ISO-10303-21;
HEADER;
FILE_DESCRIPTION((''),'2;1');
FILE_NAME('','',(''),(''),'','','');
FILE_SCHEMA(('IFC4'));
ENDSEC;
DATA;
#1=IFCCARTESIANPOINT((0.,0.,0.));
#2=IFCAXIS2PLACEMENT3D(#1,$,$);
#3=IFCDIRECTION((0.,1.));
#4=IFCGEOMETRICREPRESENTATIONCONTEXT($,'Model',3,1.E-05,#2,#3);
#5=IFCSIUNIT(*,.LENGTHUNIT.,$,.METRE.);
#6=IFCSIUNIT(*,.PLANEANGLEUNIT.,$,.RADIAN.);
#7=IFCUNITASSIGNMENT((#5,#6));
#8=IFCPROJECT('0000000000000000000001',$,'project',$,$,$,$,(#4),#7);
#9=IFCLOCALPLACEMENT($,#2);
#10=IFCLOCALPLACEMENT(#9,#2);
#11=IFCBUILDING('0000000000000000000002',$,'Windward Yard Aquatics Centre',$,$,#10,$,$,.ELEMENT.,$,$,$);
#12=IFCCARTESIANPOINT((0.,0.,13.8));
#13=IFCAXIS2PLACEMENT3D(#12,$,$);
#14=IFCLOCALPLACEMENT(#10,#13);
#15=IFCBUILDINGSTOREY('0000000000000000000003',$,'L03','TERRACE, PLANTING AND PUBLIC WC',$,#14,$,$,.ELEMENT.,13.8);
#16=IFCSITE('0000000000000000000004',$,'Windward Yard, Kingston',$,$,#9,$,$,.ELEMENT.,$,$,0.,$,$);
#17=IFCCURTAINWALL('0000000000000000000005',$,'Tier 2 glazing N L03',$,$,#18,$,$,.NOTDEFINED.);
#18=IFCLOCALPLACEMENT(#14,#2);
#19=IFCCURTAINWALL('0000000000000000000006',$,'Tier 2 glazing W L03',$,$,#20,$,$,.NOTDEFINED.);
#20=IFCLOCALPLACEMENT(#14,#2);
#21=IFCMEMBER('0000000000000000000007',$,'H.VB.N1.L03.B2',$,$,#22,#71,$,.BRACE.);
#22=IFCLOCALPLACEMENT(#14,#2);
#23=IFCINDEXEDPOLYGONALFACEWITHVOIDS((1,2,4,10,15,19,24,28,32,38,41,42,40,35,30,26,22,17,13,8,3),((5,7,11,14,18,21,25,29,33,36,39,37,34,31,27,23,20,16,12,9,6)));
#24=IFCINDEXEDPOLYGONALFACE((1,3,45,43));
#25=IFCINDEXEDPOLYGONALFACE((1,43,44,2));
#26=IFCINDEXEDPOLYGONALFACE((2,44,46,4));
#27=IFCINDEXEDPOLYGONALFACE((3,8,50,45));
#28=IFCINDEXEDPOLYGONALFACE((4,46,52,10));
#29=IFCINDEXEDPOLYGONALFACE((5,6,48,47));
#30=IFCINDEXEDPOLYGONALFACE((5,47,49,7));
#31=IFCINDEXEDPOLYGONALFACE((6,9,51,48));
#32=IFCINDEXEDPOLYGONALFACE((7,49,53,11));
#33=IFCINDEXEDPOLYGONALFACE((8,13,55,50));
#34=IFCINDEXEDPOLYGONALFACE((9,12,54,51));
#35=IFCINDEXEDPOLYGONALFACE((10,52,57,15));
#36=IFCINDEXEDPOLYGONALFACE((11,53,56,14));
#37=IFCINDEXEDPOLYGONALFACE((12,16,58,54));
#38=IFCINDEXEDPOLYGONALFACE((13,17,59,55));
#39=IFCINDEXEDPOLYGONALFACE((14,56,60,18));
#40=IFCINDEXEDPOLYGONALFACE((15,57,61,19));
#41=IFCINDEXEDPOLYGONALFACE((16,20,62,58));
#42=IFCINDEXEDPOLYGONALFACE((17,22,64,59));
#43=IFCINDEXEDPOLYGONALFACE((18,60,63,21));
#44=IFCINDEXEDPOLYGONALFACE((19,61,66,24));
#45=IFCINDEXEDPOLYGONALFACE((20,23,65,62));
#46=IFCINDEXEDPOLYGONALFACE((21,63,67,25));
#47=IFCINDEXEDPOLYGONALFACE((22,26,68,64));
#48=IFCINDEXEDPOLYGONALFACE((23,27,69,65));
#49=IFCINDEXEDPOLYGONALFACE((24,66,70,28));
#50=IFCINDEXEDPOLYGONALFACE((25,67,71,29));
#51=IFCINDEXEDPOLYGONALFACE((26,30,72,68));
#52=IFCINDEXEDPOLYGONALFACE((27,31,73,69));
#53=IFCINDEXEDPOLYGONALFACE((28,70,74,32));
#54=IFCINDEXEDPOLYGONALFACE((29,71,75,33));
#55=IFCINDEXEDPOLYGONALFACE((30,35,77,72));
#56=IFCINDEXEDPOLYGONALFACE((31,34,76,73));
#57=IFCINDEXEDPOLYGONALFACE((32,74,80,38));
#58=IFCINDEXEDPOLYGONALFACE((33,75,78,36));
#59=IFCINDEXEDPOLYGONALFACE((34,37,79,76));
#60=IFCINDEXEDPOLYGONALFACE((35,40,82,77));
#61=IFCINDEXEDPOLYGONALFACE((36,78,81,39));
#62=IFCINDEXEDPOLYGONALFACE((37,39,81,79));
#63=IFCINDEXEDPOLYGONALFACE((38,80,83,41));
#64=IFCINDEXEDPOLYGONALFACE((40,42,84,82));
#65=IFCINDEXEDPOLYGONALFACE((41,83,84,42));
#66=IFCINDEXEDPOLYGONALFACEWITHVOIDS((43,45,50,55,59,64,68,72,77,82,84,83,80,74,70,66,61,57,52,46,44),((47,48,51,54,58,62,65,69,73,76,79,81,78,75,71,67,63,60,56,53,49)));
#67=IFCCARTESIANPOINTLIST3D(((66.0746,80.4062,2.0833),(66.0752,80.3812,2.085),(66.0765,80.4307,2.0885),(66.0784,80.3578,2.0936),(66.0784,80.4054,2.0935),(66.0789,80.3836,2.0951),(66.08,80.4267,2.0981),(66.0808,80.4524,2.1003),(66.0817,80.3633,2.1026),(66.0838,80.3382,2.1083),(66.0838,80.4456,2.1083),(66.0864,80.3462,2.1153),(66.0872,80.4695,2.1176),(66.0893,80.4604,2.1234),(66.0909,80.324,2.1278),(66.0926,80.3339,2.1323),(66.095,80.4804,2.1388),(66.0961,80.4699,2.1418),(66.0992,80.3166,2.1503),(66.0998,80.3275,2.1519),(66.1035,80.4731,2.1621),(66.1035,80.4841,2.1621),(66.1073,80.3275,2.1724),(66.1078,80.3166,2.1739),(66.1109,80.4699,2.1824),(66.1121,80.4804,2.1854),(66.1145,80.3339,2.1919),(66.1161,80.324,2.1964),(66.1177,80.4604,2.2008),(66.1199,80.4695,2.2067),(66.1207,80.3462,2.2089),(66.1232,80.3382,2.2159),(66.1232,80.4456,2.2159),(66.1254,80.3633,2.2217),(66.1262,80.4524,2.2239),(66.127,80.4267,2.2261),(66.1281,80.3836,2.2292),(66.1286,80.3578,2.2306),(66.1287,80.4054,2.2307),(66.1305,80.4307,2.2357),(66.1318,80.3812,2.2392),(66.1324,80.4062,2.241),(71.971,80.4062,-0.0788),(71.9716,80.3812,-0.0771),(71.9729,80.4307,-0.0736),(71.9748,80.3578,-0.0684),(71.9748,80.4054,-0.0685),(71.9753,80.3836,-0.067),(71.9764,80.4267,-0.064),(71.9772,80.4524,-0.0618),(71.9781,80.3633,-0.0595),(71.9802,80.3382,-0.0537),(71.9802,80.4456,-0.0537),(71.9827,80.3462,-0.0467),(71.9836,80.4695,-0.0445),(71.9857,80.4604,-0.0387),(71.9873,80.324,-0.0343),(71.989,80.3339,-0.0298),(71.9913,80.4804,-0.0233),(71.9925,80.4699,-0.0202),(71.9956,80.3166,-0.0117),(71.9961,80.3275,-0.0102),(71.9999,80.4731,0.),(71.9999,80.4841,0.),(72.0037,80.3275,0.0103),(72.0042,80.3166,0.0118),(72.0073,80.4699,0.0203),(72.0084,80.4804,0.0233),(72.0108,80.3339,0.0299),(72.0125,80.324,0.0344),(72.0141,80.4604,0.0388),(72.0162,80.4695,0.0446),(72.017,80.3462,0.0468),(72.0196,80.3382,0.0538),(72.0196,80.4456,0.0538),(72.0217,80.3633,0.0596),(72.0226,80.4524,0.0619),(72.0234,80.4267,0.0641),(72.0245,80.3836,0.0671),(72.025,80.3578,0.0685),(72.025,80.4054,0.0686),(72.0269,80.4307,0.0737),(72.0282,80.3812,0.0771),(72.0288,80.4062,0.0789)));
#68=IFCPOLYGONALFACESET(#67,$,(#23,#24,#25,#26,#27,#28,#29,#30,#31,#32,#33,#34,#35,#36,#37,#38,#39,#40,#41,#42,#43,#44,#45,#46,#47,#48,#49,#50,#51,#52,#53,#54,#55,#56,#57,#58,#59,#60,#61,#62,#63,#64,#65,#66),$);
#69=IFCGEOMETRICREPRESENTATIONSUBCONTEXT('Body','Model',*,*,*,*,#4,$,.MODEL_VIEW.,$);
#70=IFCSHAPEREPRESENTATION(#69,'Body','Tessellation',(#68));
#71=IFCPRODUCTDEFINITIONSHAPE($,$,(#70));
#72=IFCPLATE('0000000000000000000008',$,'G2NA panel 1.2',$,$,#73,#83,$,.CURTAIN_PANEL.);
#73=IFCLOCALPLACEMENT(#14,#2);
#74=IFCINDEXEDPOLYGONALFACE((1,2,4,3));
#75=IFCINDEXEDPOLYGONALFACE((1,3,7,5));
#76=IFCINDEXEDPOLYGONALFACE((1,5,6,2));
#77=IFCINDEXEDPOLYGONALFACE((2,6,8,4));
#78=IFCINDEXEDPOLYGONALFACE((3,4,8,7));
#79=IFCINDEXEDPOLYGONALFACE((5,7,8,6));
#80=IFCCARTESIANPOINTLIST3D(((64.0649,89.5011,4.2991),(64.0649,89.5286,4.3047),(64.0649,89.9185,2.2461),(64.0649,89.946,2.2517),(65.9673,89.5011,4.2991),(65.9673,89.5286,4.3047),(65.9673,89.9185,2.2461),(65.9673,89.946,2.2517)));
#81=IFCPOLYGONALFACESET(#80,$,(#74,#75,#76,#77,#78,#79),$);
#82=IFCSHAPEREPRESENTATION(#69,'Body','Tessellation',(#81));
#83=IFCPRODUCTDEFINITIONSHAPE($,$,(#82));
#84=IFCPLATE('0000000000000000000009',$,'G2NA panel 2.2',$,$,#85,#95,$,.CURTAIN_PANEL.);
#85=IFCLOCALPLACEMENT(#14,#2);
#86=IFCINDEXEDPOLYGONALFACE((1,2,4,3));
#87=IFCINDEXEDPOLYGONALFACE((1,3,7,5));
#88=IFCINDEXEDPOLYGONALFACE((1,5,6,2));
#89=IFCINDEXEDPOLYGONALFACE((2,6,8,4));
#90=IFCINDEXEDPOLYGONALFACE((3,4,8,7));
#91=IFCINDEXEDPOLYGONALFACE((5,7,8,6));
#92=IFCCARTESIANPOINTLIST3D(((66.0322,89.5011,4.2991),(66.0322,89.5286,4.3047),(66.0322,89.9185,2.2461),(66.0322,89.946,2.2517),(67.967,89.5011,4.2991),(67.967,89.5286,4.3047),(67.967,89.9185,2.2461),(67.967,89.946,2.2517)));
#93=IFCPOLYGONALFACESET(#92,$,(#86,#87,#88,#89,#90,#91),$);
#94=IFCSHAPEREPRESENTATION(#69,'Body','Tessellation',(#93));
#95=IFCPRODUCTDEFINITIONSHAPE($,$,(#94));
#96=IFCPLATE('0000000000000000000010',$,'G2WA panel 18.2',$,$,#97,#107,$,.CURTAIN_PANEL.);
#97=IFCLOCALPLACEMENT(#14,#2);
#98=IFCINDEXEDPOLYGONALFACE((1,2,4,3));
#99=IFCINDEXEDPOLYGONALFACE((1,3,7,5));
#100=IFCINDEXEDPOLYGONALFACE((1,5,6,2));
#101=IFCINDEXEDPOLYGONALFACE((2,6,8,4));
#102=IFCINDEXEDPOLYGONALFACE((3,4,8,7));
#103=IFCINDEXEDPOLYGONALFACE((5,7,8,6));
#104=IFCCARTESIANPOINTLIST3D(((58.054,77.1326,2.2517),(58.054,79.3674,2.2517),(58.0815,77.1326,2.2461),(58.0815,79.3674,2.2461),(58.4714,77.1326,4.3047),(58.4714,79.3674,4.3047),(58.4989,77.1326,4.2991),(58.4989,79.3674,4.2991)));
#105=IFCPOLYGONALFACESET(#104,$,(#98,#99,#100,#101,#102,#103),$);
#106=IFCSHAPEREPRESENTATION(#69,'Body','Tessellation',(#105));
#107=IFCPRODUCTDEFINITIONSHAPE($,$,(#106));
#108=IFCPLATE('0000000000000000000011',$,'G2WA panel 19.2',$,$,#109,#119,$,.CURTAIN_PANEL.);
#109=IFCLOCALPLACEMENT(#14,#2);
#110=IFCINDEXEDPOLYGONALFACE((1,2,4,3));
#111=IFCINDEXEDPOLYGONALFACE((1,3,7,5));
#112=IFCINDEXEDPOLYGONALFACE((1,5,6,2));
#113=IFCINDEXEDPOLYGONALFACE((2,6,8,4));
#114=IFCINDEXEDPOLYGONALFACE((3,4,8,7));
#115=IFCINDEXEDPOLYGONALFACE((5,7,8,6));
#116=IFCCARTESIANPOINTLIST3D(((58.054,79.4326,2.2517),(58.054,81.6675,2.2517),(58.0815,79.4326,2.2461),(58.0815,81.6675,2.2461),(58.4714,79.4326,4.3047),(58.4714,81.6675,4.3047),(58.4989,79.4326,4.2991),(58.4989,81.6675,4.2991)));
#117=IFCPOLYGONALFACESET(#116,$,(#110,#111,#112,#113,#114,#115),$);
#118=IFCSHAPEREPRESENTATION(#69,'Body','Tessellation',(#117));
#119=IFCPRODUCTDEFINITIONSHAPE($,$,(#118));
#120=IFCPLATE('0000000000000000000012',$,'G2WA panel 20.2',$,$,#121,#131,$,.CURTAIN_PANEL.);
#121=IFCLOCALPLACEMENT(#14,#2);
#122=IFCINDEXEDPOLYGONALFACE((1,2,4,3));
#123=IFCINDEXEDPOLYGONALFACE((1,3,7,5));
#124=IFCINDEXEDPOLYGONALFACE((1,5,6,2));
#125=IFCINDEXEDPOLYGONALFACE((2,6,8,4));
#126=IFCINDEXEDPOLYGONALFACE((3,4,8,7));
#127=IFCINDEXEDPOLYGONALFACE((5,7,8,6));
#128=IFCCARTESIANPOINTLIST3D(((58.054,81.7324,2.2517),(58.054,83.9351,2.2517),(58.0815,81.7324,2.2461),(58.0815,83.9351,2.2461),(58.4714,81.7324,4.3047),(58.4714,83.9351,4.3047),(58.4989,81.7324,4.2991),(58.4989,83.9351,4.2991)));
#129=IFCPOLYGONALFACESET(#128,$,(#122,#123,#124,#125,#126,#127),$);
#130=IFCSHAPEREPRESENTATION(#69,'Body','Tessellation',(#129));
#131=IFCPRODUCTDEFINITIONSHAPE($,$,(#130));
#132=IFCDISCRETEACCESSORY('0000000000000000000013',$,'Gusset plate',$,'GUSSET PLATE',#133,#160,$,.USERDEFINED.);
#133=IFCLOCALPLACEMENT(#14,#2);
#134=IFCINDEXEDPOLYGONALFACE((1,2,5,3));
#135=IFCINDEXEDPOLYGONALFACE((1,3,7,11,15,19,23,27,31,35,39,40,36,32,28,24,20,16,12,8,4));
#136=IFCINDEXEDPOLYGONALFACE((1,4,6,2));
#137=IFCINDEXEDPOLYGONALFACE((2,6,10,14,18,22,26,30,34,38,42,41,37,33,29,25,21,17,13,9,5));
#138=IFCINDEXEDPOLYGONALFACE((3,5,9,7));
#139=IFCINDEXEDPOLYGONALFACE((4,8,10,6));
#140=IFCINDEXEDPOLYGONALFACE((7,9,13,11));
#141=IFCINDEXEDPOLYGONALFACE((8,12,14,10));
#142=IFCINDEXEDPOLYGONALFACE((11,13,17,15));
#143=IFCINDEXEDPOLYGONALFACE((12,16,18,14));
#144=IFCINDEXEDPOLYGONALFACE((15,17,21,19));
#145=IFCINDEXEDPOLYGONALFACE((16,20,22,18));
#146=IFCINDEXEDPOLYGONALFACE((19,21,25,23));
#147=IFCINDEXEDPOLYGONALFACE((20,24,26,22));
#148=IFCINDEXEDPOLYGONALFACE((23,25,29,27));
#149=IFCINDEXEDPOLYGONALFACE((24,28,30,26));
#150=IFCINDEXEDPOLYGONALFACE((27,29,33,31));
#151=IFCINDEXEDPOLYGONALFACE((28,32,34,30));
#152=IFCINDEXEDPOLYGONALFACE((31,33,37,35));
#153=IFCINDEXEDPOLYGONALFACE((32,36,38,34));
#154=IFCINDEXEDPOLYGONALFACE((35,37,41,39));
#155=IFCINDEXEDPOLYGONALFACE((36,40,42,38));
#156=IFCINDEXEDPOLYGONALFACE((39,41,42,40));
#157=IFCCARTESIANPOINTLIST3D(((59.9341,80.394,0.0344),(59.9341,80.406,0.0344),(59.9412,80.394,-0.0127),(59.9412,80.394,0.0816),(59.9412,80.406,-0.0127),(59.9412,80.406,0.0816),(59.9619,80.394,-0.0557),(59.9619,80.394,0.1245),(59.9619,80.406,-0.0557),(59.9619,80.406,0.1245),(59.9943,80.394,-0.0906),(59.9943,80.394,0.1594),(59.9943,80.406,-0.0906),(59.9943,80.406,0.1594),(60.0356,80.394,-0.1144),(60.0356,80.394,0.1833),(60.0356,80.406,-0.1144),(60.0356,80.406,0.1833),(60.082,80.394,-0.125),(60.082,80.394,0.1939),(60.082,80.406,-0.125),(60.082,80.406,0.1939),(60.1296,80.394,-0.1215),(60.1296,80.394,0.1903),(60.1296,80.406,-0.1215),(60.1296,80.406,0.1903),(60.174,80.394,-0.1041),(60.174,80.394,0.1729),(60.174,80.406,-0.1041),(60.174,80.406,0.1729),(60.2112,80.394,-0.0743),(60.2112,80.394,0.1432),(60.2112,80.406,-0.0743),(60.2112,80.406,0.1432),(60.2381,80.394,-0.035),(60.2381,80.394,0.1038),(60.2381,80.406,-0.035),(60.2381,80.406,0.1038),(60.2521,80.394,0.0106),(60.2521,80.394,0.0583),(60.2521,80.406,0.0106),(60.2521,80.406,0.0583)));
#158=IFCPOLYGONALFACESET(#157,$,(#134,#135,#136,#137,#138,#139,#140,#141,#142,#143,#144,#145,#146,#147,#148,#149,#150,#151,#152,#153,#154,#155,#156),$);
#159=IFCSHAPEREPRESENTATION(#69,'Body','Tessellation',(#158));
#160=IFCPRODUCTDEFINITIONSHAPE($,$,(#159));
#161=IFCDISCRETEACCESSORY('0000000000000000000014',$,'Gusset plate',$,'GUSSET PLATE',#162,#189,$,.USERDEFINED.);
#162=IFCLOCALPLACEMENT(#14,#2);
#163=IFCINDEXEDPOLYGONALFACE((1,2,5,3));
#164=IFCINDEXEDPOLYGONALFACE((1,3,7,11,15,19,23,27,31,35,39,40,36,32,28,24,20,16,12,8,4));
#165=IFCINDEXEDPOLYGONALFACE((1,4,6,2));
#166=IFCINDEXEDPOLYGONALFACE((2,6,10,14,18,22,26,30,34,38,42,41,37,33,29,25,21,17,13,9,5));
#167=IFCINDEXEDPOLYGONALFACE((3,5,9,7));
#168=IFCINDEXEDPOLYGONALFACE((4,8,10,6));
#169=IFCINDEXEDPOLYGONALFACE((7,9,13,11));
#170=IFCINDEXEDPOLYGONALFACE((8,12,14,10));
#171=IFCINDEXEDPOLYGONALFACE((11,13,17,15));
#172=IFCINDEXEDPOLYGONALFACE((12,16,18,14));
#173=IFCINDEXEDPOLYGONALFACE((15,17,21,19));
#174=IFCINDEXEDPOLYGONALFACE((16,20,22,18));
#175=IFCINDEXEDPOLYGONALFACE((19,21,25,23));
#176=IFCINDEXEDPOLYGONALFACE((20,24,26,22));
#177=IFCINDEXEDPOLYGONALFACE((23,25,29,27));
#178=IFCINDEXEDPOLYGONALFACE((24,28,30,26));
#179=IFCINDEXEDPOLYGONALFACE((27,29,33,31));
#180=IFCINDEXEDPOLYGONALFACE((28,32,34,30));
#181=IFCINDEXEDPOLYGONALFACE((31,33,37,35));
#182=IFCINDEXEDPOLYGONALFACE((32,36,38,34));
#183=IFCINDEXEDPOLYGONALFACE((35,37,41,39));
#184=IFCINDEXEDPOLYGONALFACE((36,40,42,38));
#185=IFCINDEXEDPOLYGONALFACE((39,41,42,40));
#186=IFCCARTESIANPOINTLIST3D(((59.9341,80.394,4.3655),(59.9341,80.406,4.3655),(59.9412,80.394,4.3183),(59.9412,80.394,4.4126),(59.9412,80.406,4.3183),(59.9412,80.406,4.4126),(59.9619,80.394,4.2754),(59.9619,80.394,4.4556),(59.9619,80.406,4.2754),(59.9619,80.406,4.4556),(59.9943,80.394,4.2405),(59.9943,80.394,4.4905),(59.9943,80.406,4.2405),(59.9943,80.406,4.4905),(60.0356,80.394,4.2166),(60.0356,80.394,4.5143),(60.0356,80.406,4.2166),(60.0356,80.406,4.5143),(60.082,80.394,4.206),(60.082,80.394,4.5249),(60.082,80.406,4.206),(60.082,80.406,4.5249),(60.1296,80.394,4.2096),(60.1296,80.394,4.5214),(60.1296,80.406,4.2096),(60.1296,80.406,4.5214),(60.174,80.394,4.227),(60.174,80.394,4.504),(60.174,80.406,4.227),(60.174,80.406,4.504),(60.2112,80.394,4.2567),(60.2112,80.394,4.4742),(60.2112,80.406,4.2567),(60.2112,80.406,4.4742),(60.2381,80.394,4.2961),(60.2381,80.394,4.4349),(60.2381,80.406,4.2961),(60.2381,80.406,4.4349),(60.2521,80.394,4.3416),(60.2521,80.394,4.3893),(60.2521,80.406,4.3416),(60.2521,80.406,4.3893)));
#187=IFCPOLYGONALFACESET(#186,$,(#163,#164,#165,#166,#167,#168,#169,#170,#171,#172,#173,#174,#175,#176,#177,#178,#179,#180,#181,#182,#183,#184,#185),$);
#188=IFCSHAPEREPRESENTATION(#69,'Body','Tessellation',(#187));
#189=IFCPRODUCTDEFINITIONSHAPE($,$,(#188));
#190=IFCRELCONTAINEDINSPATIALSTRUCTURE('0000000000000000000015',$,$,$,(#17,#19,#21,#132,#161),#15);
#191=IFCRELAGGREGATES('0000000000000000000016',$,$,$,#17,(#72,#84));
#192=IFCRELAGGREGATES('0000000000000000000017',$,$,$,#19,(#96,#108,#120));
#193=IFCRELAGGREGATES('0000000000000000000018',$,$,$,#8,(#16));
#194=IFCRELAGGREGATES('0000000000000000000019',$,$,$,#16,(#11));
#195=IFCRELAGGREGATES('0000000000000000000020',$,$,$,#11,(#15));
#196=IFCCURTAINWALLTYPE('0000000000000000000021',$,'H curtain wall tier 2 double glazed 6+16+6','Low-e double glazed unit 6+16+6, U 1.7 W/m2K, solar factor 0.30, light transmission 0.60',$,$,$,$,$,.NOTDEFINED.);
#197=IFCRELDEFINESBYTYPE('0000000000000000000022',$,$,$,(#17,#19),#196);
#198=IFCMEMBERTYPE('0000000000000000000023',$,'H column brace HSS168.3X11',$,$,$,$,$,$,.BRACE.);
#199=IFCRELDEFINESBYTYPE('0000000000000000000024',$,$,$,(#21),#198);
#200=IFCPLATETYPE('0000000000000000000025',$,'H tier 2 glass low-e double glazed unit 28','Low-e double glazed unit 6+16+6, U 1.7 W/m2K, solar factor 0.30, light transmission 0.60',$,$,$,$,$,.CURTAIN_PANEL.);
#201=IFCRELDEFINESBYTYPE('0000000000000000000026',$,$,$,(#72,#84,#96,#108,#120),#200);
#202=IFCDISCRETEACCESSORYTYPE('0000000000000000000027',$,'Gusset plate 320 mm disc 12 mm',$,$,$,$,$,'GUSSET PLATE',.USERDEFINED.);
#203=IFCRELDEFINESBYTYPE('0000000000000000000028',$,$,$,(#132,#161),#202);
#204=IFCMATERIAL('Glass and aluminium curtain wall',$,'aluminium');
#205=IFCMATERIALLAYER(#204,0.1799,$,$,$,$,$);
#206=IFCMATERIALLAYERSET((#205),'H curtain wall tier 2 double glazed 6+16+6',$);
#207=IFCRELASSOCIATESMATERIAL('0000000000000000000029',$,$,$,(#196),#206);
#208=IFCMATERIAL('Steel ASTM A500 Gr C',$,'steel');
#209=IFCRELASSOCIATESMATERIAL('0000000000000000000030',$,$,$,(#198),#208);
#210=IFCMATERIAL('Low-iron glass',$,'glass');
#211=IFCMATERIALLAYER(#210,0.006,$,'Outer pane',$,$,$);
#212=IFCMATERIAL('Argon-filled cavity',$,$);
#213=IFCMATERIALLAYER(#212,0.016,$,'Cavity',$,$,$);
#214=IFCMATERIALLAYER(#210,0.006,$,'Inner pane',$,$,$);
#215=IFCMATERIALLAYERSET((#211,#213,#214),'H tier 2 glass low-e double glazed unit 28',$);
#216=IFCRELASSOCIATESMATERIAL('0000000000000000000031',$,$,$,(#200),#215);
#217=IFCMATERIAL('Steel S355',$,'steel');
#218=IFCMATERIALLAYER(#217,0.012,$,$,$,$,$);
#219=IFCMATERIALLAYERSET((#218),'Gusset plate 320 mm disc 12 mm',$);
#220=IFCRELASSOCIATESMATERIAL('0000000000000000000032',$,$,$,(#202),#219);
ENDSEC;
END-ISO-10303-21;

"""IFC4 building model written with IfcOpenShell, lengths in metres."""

from ifc_helpers import new_model, si_unit, direction, frame, origin, origin_2d, place, context, subcontext, project, spatial, polyline, circle, hollow_circle, outline, extrude, material, layer, layer_set, material_profile, profile_set, type_object, element, aggregate, save


model = new_model("IFC4")

# Units and contexts
model_context = context("Model", 3, precision=1e-05, world=origin(), true_north=direction((0.0, 1.0)))
body_context = subcontext(model_context, "Body", "Model", "MODEL_VIEW")
ifc_project = project(units=[si_unit("LENGTHUNIT", "METRE"), si_unit("PLANEANGLEUNIT", "RADIAN")], contexts=[model_context])

# Site, building, storey
site_placement = place(None, origin())
site = spatial("IfcSite", under=ifc_project, at=site_placement, Name="Windward Yard, Kingston", CompositionType="ELEMENT", RefElevation=0.0)
building_placement = place(site_placement, origin())
building = spatial("IfcBuilding", under=site, at=building_placement, Name="Windward Yard Aquatics Centre", CompositionType="ELEMENT")
storey_placement = place(building_placement, frame((0.0, 0.0, 13.8)))
storey = spatial("IfcBuildingStorey", under=building, at=storey_placement, Name="L03", Description="TERRACE, PLANTING AND PUBLIC WC", CompositionType="ELEMENT", Elevation=13.8)

# Shared definitions
ifc_material_1 = material(Name="Steel ASTM A500 Gr C", Category="steel")

# Curtain walls
ifc_material_2 = material(Name="Glass and aluminium curtain wall", Category="aluminium")
ifc_layer_1 = layer(ifc_material_2, 0.1799)
ifc_layer_set_1 = layer_set([ifc_layer_1], Name="H curtain wall tier 2 double glazed 6+16+6")
curtain_wall_type = type_object("IfcCurtainWallType", Name="H curtain wall tier 2 double glazed 6+16+6", Description="Low-e double glazed unit 6+16+6, U 1.7 W/m2K, solar factor 0.30, light transmission 0.60", PredefinedType="NOTDEFINED", material=ifc_layer_set_1)
curtain_wall_1_placement = place(storey_placement, origin())
curtain_wall_1 = element("IfcCurtainWall", 1, at=curtain_wall_1_placement, inside=storey, type_object=curtain_wall_type, Name="Tier 2 glazing N L03", PredefinedType="NOTDEFINED")
curtain_wall_2_placement = place(storey_placement, origin())
curtain_wall_2 = element("IfcCurtainWall", 2, at=curtain_wall_2_placement, inside=storey, type_object=curtain_wall_type, Name="Tier 2 glazing W L03", PredefinedType="NOTDEFINED")

# Member
ifc_material_profile_1 = material_profile(ifc_material_1, hollow_circle(Radius=0.0842, WallThickness=0.011, at=origin_2d()), Name="HSS168.3X11")
ifc_profile_set_1 = profile_set([ifc_material_profile_1], Name="Steel ASTM A500 Gr C")
member_type_1 = type_object("IfcMemberType", Name="H column brace HSS168.3X11", PredefinedType="BRACE", material=ifc_profile_set_1)
for number, where, z_axis, x_axis, name in (
    (3, (66.1035, 80.3999, 2.1621), (0.938873, 0.0, -0.344264), (0.0, 1.0, 0.0), "H.VB.N1.L03.B2"),
):
    element("IfcMember", number, at=place(storey_placement, frame(where, z_axis=z_axis, x_axis=x_axis)), inside=storey, type_object=member_type_1, Name=name, PredefinedType="BRACE", context=body_context, shape_type="SweptSolid", body=[
        extrude(hollow_circle(Radius=0.0842, WallThickness=0.011, at=origin_2d()), origin(), (0.0, 0.0, 1.0), 6.2803),
    ])

# Plates
ifc_material_3 = material(Name="Low-iron glass", Category="glass")
ifc_layer_2 = layer(ifc_material_3, 0.006, Name="Outer pane")
ifc_material_4 = material(Name="Argon-filled cavity")
ifc_layer_3 = layer(ifc_material_4, 0.016, Name="Cavity")
ifc_layer_4 = layer(ifc_material_3, 0.006, Name="Inner pane")
ifc_layer_set_2 = layer_set([ifc_layer_2, ifc_layer_3, ifc_layer_4], Name="H tier 2 glass low-e double glazed unit 28")
plate_type = type_object("IfcPlateType", Name="H tier 2 glass low-e double glazed unit 28", Description="Low-e double glazed unit 6+16+6, U 1.7 W/m2K, solar factor 0.30, light transmission 0.60", PredefinedType="CURTAIN_PANEL", material=ifc_layer_set_2)
plate_1_placement = place(storey_placement, frame((64.0649, 89.5286, 4.3047), z_axis=(0.0, 0.979944, 0.199275), x_axis=(0.0, 0.199275, -0.979944)))
plate_1 = element("IfcPlate", 4, at=plate_1_placement, type_object=plate_type, Name="G2NA panel 1.2", PredefinedType="CURTAIN_PANEL", context=body_context, shape_type="SweptSolid", body=[
    extrude(outline(polyline([(0.0, 0.0), (2.095, 0.0), (2.095, -1.9023), (0.0, -1.9023), (0.0, 0.0)])), origin(), (0.0, 0.0, -1.0), 0.0281),
])
plate_2_placement = place(storey_placement, frame((66.0322, 89.5286, 4.3047), z_axis=(0.0, 0.979944, 0.199275), x_axis=(0.0, 0.199275, -0.979944)))
plate_2 = element("IfcPlate", 5, at=plate_2_placement, type_object=plate_type, Name="G2NA panel 2.2", PredefinedType="CURTAIN_PANEL", context=body_context, shape_type="SweptSolid", body=[
    extrude(outline(polyline([(0.0, 0.0), (2.095, 0.0), (2.095, -1.9348), (0.0, -1.9348), (0.0, 0.0)])), origin(), (0.0, 0.0, -1.0), 0.0281),
])
aggregate(curtain_wall_1, [plate_1, plate_2])
plate_3_placement = place(storey_placement, frame((58.054, 77.1326, 2.2517), z_axis=(-0.979944, 0.0, 0.199275), x_axis=(0.0, 1.0, 0.0)))
plate_3 = element("IfcPlate", 6, at=plate_3_placement, type_object=plate_type, Name="G2WA panel 18.2", PredefinedType="CURTAIN_PANEL", context=body_context, shape_type="SweptSolid", body=[
    extrude(outline(polyline([(0.0, 0.0), (2.2349, 0.0), (2.2349, -2.095), (0.0, -2.095), (0.0, 0.0)])), origin(), (0.0, 0.0, -1.0), 0.0281),
])
plate_4_placement = place(storey_placement, frame((58.054, 79.4326, 2.2517), z_axis=(-0.979944, 0.0, 0.199275), x_axis=(0.0, 1.0, 0.0)))
plate_4 = element("IfcPlate", 7, at=plate_4_placement, type_object=plate_type, Name="G2WA panel 19.2", PredefinedType="CURTAIN_PANEL", context=body_context, shape_type="SweptSolid", body=[
    extrude(outline(polyline([(0.0, 0.0), (2.2349, 0.0), (2.2349, -2.095), (0.0, -2.095), (0.0, 0.0)])), origin(), (0.0, 0.0, -1.0), 0.0281),
])
plate_5_placement = place(storey_placement, frame((58.054, 81.7324, 2.2517), z_axis=(-0.979944, 0.0, 0.199275), x_axis=(0.0, 1.0, 0.0)))
plate_5 = element("IfcPlate", 8, at=plate_5_placement, type_object=plate_type, Name="G2WA panel 20.2", PredefinedType="CURTAIN_PANEL", context=body_context, shape_type="SweptSolid", body=[
    extrude(outline(polyline([(0.0, 0.0), (2.2026, 0.0), (2.2026, -2.095), (0.0, -2.095), (0.0, 0.0)])), origin(), (0.0, 0.0, -1.0), 0.0281),
])
aggregate(curtain_wall_2, [plate_3, plate_4, plate_5])

# Discrete accessories
ifc_material_5 = material(Name="Steel S355", Category="steel")
ifc_layer_5 = layer(ifc_material_5, 0.012)
ifc_layer_set_3 = layer_set([ifc_layer_5], Name="Gusset plate 320 mm disc 12 mm")
discrete_accessory_type = type_object("IfcDiscreteAccessoryType", Name="Gusset plate 320 mm disc 12 mm", ElementType="GUSSET PLATE", PredefinedType="USERDEFINED", material=ifc_layer_set_3)
for number, where, z_axis, x_axis, name in (
    (9, (60.094, 80.394, 0.0344), (0.0, 1.0, 0.0), (-1.0, 0.0, 0.0), "Gusset plate"),
    (10, (60.094, 80.394, 4.3655), (0.0, 1.0, 0.0), (-1.0, 0.0, 0.0), "Gusset plate"),
):
    element("IfcDiscreteAccessory", number, at=place(storey_placement, frame(where, z_axis=z_axis, x_axis=x_axis)), inside=storey, type_object=discrete_accessory_type, Name=name, ObjectType="GUSSET PLATE", PredefinedType="USERDEFINED", context=body_context, shape_type="SweptSolid", body=[
        extrude(circle(Radius=0.1599, at=origin_2d()), origin(), (0.0, 0.0, 1.0), 0.012),
    ])

save(model, "model.ifc")
